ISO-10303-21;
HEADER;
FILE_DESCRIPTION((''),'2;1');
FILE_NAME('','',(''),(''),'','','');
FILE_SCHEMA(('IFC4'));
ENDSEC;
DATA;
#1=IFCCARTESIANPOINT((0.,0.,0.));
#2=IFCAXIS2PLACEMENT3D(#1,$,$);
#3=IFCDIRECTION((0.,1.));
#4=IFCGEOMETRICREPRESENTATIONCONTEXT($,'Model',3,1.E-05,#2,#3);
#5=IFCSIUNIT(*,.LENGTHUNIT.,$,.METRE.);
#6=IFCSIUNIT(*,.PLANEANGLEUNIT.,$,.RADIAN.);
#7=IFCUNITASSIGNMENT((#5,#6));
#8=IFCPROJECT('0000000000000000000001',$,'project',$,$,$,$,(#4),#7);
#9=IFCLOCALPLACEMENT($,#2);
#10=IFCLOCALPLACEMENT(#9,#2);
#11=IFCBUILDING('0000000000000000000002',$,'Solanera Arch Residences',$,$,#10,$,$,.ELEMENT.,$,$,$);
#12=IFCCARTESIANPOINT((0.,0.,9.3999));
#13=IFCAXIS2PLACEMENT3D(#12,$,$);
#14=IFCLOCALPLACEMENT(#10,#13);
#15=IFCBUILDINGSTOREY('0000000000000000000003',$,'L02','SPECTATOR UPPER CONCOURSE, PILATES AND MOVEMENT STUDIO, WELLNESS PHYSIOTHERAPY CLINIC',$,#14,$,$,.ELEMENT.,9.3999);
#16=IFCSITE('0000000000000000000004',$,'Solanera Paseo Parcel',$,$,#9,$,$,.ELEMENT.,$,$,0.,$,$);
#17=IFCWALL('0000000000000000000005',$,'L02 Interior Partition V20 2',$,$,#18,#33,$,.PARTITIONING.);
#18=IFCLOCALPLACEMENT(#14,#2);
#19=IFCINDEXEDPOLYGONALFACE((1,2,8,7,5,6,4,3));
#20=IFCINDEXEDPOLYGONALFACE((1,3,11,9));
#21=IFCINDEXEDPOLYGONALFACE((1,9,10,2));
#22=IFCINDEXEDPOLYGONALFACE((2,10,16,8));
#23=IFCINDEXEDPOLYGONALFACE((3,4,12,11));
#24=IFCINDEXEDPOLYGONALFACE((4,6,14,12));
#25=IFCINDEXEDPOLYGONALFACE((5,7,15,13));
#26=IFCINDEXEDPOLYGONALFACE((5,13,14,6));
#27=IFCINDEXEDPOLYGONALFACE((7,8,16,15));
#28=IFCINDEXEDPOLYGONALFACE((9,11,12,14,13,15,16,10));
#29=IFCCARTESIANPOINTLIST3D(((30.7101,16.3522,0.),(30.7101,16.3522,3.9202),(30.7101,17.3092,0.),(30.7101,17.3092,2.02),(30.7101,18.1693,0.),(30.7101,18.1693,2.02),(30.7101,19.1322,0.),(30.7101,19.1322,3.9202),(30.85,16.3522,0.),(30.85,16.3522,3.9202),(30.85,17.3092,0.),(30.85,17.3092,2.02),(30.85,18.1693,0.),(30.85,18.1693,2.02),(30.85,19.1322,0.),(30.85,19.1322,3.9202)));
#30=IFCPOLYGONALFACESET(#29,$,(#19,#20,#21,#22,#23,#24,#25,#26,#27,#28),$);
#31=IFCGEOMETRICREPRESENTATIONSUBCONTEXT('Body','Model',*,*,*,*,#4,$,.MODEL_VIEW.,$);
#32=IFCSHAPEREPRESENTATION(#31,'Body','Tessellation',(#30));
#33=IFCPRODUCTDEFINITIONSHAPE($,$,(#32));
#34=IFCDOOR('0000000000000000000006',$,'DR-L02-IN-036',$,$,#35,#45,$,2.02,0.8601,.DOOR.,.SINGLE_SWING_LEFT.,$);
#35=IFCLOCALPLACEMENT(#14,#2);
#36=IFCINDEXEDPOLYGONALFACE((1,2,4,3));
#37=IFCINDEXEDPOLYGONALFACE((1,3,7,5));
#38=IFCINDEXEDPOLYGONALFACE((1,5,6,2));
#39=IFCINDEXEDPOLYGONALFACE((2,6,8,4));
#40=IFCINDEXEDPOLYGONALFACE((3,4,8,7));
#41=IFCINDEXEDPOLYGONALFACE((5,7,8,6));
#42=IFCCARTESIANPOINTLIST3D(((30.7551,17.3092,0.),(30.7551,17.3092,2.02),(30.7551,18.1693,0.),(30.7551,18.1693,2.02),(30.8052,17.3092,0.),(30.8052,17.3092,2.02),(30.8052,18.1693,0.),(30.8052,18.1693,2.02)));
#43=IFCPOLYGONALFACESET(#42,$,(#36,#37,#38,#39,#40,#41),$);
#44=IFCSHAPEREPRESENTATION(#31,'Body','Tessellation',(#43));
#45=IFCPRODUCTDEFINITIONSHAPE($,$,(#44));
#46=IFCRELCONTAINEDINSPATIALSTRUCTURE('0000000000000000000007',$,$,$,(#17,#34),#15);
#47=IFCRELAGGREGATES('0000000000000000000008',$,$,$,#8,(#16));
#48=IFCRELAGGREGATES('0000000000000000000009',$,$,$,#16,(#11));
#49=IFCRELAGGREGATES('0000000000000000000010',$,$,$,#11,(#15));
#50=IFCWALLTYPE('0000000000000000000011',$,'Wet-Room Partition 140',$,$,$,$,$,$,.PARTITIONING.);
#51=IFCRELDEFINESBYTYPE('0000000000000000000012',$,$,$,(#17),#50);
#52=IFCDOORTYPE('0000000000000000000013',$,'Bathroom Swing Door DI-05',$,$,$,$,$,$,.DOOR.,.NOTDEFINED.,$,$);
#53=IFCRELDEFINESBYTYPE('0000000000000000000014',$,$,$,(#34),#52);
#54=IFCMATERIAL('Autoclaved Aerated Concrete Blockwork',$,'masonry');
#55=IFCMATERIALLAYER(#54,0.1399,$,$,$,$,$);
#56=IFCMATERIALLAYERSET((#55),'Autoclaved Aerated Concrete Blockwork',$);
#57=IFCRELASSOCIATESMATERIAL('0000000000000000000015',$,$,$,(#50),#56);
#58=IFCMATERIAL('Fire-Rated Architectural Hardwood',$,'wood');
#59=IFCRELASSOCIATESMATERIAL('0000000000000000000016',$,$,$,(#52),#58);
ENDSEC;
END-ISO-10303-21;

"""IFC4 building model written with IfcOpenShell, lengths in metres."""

from ifc_helpers import new_model, si_unit, direction, frame, frame_2d, origin, place, context, subcontext, project, spatial, rectangle, extrude, material, layer, layer_set, type_object, element, fill, save


model = new_model("IFC4")

# Units and contexts
model_context = context("Model", 3, precision=1e-05, world=origin(), true_north=direction((0.0, 1.0)))
body_context = subcontext(model_context, "Body", "Model", "MODEL_VIEW")
ifc_project = project(units=[si_unit("LENGTHUNIT", "METRE"), si_unit("PLANEANGLEUNIT", "RADIAN")], contexts=[model_context])

# Site, building, storey
site_placement = place(None, origin())
site = spatial("IfcSite", under=ifc_project, at=site_placement, Name="Solanera Paseo Parcel", CompositionType="ELEMENT", RefElevation=0.0)
building_placement = place(site_placement, origin())
building = spatial("IfcBuilding", under=site, at=building_placement, Name="Solanera Arch Residences", CompositionType="ELEMENT")
storey_placement = place(building_placement, frame((0.0, 0.0, 9.3999)))
storey = spatial("IfcBuildingStorey", under=building, at=storey_placement, Name="L02", Description="SPECTATOR UPPER CONCOURSE, PILATES AND MOVEMENT STUDIO, WELLNESS PHYSIOTHERAPY CLINIC", CompositionType="ELEMENT", Elevation=9.3999)

# Wall, opening, door
ifc_material_1 = material(Name="Autoclaved Aerated Concrete Blockwork", Category="masonry")
ifc_layer_1 = layer(ifc_material_1, 0.1399)
ifc_layer_set_1 = layer_set([ifc_layer_1], Name="Autoclaved Aerated Concrete Blockwork")
wall_type_1 = type_object("IfcWallType", Name="Wet-Room Partition 140", PredefinedType="PARTITIONING", material=ifc_layer_set_1)
wall_1_placement = place(storey_placement, frame((30.78, 16.3521, 0.0), z_axis=(0.0, 0.0, 1.0), x_axis=(0.0, 1.0, 0.0)))
wall_1 = element("IfcWall", 1, at=wall_1_placement, inside=storey, type_object=wall_type_1, Name="L02 Interior Partition V20 2", PredefinedType="PARTITIONING", context=body_context, shape_type="SweptSolid", body=[
    extrude(rectangle(XDim=2.78, YDim=0.1399, at=frame_2d((1.3901, 0.0))), origin(), (0.0, 0.0, 1.0), 3.9202),
])
opening_1_placement = place(wall_1_placement, frame((0.957, 0.0, 0.0)))
opening_1 = element("IfcOpeningElement", 2, at=opening_1_placement, cuts=wall_1, PredefinedType="OPENING", context=body_context, shape_type="SweptSolid", body=[
    extrude(rectangle(XDim=0.8601, YDim=2.02, at=frame_2d((0.4302, 1.01))), frame((0.0, 0.0798, 0.0), z_axis=(0.0, -1.0, 0.0), x_axis=(1.0, 0.0, 0.0)), (0.0, 0.0, 1.0), 0.1599),
])
ifc_material_2 = material(Name="Fire-Rated Architectural Hardwood", Category="wood")
door_type_1 = type_object("IfcDoorType", Name="Bathroom Swing Door DI-05", OperationType="NOTDEFINED", PredefinedType="DOOR", material=ifc_material_2)
door_1_placement = place(opening_1_placement, origin())
door_1 = element("IfcDoor", 3, at=door_1_placement, inside=storey, type_object=door_type_1, Name="DR-L02-IN-036", OperationType="SINGLE_SWING_LEFT", OverallHeight=2.02, OverallWidth=0.8601, PredefinedType="DOOR", context=body_context, shape_type="SweptSolid", body=[
    extrude(rectangle(XDim=0.8601, YDim=2.02, at=frame_2d((0.4302, 1.01))), frame((0.0, 0.0249, 0.0), z_axis=(0.0, -1.0, 0.0), x_axis=(1.0, 0.0, 0.0)), (0.0, 0.0, 1.0), 0.05),
])
fill(opening_1, door_1)

save(model, "model.ifc")
